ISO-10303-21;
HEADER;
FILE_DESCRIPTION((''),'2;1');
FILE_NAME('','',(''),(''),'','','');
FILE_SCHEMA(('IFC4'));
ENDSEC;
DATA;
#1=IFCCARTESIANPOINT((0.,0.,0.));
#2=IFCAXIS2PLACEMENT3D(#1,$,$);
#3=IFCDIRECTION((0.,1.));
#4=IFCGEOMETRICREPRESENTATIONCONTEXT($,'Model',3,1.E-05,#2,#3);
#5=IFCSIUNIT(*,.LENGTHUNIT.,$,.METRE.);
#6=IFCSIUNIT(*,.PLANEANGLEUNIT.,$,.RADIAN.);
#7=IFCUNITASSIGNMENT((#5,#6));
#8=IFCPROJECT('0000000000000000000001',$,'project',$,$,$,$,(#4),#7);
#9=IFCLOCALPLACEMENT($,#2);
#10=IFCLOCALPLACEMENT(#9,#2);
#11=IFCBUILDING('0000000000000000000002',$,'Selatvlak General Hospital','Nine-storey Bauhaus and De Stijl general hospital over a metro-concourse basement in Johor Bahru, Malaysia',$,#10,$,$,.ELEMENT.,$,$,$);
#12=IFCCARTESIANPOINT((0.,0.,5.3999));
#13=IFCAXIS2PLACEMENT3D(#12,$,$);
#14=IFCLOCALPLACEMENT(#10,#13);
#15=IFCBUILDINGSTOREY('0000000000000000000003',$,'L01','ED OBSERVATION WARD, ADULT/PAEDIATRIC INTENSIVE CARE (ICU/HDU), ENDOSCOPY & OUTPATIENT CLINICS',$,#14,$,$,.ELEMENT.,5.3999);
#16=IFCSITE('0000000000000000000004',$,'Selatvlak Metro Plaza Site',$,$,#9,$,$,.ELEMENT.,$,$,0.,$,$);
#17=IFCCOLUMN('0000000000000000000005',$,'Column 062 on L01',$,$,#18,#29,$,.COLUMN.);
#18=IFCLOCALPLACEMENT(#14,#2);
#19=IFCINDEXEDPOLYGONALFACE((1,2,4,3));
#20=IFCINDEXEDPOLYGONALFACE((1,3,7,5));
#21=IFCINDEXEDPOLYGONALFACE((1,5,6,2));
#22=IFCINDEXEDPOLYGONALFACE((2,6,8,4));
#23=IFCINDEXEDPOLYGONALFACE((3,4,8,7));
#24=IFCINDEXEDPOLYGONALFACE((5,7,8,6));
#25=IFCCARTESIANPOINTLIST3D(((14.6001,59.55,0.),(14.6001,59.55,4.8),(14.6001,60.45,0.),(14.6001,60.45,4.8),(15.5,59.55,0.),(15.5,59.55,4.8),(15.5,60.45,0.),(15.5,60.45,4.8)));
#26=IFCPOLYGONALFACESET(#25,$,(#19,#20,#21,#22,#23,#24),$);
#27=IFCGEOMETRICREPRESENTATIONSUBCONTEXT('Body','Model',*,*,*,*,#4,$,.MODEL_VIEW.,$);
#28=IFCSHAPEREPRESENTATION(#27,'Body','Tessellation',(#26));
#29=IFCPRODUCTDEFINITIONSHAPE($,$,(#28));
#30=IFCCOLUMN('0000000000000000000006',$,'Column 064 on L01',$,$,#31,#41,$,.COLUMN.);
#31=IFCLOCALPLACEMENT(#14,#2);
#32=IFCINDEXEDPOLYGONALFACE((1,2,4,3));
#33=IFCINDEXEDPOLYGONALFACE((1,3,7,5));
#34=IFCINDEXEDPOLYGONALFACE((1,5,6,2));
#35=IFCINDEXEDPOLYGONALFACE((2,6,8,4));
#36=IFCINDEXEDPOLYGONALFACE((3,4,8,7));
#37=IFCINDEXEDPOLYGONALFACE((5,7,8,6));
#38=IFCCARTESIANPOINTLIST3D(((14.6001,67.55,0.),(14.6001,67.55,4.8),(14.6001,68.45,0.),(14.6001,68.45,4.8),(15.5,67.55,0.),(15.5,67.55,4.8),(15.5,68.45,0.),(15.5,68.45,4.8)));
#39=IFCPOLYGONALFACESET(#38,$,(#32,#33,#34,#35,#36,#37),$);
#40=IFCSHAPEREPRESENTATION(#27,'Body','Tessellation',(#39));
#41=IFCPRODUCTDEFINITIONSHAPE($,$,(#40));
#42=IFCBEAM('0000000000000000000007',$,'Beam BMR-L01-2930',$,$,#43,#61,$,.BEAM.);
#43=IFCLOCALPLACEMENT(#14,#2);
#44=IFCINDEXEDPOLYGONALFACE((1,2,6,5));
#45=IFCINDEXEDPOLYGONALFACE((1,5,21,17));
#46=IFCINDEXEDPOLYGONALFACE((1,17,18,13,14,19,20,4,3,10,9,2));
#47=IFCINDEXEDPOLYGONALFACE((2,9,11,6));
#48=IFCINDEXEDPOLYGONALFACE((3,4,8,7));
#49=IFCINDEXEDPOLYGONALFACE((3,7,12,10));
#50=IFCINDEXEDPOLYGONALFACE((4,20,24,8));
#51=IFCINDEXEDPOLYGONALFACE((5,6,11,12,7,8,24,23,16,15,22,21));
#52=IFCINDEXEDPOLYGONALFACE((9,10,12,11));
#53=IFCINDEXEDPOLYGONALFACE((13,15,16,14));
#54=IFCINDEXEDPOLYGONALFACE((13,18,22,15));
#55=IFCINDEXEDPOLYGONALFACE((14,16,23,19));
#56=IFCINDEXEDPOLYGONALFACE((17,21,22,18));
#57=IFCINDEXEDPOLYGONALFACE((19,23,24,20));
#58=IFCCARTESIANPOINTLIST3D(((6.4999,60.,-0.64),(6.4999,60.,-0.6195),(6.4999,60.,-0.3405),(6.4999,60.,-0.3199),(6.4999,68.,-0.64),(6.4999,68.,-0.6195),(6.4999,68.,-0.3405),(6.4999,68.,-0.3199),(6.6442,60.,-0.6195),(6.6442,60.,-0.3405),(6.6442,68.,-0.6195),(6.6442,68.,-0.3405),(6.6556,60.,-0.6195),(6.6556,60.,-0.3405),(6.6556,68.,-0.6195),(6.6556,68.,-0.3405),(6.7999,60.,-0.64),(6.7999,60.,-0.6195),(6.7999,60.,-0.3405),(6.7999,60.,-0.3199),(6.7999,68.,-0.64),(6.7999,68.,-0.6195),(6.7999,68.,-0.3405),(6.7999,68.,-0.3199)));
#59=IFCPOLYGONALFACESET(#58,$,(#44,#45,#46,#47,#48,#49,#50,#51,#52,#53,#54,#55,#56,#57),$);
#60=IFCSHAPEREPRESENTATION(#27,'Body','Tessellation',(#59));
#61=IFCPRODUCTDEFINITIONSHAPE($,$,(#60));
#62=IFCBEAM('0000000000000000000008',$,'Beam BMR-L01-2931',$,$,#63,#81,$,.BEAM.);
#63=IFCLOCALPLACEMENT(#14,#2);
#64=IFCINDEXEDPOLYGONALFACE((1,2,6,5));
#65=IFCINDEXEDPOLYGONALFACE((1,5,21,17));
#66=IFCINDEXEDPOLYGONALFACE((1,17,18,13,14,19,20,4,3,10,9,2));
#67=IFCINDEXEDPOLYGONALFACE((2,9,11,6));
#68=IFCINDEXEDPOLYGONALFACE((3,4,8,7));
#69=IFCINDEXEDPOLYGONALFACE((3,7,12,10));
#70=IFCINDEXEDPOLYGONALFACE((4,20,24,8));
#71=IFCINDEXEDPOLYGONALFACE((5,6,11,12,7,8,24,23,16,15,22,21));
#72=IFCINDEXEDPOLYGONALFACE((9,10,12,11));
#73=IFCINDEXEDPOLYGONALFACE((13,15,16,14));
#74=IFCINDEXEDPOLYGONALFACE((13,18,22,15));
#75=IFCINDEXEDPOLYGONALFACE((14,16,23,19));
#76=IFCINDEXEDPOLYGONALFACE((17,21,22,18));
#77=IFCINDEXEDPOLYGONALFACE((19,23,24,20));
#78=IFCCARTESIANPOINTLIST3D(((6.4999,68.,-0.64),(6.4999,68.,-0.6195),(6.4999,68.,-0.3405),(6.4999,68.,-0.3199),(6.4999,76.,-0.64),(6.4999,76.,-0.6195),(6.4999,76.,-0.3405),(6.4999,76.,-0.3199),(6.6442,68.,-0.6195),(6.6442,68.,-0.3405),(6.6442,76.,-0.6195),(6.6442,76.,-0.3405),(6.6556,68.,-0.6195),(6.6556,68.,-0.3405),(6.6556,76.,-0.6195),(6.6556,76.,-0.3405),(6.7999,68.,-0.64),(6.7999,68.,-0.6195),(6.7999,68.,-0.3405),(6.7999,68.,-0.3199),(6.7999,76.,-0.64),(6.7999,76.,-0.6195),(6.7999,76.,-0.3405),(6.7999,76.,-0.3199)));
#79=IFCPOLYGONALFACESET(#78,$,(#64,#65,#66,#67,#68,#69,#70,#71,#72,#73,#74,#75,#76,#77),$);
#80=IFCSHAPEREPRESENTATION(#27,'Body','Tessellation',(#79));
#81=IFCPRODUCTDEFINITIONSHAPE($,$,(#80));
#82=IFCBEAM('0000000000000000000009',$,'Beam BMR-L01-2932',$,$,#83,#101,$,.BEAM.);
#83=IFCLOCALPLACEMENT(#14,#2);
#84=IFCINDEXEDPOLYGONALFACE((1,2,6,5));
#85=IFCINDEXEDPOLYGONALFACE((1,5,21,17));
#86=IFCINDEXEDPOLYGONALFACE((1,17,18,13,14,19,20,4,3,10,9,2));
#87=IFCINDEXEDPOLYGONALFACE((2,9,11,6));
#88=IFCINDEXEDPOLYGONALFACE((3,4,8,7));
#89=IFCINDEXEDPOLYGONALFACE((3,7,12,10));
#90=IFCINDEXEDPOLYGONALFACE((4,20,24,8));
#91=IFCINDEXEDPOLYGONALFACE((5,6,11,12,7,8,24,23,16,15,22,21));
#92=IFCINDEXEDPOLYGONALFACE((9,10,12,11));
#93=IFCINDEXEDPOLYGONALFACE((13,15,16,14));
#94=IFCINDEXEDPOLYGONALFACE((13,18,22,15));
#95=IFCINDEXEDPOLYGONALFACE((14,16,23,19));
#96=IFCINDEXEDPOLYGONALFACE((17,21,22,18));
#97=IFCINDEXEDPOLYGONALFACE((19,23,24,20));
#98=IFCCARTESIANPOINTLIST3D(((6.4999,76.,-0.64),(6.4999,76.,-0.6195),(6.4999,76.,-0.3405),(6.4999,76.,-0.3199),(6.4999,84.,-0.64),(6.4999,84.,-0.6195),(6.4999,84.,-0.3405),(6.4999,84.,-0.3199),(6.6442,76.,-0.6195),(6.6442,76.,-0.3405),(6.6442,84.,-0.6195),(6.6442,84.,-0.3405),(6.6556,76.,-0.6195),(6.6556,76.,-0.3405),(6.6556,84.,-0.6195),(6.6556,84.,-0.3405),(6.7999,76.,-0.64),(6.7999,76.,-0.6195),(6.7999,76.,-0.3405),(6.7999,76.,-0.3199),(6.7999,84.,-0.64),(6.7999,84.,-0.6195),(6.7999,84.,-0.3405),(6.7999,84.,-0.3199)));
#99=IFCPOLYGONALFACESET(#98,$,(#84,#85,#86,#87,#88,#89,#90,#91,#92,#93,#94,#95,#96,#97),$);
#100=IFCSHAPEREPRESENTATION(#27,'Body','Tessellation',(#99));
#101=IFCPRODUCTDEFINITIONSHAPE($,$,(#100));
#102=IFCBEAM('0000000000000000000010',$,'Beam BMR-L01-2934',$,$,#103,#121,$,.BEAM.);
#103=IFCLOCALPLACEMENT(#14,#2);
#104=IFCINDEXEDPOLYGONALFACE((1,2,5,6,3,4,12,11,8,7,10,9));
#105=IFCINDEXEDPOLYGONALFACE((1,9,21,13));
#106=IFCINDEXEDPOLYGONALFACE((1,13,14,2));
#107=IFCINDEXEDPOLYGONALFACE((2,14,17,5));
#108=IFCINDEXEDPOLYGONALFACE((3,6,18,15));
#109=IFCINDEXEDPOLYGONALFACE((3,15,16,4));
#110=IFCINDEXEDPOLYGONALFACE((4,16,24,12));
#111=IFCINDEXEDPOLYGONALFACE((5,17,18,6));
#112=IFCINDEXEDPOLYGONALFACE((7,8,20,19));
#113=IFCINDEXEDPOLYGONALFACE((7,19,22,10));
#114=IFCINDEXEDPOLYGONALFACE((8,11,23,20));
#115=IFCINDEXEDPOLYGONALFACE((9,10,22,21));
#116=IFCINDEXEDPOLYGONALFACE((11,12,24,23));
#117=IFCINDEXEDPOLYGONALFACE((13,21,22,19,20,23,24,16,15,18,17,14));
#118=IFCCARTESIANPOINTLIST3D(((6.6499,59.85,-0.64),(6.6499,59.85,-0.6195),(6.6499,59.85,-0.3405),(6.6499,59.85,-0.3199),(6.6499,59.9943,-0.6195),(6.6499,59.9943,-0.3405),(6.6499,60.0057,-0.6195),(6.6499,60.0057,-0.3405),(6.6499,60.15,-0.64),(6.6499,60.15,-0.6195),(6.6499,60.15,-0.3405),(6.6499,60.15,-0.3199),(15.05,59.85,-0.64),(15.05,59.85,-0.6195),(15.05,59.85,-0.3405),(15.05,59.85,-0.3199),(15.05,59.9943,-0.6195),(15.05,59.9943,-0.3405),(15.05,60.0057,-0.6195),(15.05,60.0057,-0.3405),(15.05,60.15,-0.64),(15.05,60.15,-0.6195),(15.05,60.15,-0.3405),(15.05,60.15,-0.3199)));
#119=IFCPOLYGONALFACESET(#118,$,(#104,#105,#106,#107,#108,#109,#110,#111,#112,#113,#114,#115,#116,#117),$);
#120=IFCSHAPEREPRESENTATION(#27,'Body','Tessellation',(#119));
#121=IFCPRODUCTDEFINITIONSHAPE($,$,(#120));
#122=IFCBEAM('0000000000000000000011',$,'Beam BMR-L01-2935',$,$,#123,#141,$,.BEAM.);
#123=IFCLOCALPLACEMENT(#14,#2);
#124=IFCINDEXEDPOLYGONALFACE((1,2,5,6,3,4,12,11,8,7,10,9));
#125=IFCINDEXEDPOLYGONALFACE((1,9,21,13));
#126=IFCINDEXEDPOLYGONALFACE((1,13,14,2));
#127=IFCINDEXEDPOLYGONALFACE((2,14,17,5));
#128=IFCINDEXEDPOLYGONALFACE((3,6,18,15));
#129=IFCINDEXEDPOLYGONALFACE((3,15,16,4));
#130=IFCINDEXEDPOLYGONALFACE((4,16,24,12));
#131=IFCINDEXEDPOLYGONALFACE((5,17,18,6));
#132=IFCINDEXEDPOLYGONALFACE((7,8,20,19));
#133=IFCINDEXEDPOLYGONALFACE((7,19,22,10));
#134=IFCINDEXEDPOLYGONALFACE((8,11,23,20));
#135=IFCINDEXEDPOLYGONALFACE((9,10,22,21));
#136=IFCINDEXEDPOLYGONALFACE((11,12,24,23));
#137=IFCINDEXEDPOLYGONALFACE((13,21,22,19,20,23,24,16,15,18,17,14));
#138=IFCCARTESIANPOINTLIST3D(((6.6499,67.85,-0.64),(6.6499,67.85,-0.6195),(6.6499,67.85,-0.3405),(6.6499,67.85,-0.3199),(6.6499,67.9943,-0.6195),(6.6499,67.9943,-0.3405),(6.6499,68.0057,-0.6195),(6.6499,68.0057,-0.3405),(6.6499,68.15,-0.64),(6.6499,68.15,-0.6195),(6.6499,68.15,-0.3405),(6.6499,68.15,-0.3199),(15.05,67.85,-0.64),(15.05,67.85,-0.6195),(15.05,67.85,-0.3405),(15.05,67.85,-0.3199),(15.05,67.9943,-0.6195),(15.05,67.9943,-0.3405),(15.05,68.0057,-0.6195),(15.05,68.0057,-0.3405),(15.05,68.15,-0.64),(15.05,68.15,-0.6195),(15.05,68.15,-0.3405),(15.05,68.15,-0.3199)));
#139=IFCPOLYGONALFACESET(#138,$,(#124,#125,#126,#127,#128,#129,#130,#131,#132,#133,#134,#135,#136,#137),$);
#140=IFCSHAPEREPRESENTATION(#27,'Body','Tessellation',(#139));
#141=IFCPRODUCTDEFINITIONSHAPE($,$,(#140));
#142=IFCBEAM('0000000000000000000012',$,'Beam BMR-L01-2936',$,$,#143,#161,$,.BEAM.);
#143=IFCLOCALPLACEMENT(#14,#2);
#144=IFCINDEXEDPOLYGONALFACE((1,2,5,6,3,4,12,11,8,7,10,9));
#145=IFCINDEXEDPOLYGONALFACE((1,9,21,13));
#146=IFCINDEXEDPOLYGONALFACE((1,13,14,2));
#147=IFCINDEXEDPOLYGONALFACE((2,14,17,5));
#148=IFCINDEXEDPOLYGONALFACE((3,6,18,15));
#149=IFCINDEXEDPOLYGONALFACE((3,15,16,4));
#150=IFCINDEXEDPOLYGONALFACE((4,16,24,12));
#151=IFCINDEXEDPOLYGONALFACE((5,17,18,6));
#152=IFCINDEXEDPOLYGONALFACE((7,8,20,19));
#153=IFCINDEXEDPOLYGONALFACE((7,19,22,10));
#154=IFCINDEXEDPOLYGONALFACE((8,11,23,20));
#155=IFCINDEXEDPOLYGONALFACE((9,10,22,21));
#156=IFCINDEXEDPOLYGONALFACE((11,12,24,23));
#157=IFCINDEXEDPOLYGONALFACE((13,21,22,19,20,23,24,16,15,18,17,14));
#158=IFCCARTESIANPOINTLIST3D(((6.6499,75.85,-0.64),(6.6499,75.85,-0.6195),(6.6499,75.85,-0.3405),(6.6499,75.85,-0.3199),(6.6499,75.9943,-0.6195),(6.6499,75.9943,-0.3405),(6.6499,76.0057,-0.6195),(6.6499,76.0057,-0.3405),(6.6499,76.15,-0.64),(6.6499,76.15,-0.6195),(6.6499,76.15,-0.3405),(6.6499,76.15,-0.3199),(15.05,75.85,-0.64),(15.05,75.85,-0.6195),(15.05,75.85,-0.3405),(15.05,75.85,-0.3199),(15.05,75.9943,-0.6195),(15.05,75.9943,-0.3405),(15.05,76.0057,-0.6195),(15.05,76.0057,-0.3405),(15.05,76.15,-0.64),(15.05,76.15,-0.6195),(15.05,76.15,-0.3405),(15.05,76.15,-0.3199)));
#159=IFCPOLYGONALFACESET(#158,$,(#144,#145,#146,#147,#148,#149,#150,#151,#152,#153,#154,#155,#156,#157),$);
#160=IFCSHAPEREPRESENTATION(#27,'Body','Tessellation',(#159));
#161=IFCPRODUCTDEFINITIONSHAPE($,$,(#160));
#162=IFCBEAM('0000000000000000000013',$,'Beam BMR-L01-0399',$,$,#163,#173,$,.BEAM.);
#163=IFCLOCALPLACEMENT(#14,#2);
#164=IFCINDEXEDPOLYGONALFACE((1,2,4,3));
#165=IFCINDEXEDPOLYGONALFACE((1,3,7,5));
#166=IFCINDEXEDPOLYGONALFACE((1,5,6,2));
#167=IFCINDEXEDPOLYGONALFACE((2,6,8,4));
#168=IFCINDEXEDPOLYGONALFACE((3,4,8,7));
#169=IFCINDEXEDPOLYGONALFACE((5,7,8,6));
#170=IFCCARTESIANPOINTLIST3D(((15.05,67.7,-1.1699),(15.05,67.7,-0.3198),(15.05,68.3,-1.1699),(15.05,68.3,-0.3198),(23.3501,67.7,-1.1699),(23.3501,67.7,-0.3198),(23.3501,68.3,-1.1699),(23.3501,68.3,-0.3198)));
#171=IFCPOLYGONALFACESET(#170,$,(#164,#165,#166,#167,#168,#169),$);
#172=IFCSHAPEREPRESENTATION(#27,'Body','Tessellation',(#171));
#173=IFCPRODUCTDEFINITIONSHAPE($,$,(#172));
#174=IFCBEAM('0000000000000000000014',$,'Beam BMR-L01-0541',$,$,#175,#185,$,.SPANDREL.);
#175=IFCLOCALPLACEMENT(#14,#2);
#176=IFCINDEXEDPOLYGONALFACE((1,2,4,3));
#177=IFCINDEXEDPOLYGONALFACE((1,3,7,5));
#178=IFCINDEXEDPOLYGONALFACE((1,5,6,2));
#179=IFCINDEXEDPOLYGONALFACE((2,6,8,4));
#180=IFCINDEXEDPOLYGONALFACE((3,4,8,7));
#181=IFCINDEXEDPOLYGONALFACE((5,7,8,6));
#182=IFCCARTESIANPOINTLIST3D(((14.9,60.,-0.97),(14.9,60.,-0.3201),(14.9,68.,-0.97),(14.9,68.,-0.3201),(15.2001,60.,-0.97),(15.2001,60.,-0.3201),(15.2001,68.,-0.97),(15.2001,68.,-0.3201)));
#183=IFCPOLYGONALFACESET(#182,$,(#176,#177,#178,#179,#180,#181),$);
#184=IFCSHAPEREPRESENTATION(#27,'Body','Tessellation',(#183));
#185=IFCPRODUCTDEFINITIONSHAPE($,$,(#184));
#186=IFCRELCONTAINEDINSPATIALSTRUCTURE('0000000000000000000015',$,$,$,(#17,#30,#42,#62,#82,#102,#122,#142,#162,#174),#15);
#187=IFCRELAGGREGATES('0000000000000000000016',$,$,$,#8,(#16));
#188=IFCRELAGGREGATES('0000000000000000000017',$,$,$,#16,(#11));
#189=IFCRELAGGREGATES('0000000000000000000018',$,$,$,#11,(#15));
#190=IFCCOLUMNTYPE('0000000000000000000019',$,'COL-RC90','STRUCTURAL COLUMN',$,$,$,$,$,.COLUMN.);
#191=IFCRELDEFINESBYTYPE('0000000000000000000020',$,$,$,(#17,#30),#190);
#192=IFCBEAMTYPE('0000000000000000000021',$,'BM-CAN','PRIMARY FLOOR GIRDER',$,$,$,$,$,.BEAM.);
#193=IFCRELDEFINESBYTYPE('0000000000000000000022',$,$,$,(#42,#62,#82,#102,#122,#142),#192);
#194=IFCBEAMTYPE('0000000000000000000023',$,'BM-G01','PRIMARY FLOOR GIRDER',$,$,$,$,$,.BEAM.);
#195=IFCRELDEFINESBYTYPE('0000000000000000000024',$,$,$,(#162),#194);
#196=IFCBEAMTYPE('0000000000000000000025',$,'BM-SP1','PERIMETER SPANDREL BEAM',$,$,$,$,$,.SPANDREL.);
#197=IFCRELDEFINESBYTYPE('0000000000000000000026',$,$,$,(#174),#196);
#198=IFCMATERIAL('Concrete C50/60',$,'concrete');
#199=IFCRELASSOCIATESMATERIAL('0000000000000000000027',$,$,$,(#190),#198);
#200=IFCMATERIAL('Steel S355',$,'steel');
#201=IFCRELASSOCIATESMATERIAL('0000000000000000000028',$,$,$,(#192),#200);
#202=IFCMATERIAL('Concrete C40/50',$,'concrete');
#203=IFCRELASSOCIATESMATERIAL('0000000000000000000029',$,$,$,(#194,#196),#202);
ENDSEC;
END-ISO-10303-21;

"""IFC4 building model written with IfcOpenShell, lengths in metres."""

from ifc_helpers import new_model, si_unit, direction, frame, origin, origin_2d, place, context, subcontext, project, spatial, rectangle, i_section, extrude, material, material_profile, profile_set, type_object, element, save


model = new_model("IFC4")

# Units and contexts
model_context = context("Model", 3, precision=1e-05, world=origin(), true_north=direction((0.0, 1.0)))
body_context = subcontext(model_context, "Body", "Model", "MODEL_VIEW")
ifc_project = project(units=[si_unit("LENGTHUNIT", "METRE"), si_unit("PLANEANGLEUNIT", "RADIAN")], contexts=[model_context])

# Site, building, storey
site_placement = place(None, origin())
site = spatial("IfcSite", under=ifc_project, at=site_placement, Name="Selatvlak Metro Plaza Site", CompositionType="ELEMENT", RefElevation=0.0)
building_placement = place(site_placement, origin())
building = spatial("IfcBuilding", under=site, at=building_placement, Name="Selatvlak General Hospital", Description="Nine-storey Bauhaus and De Stijl general hospital over a metro-concourse basement in Johor Bahru, Malaysia", CompositionType="ELEMENT")
storey_placement = place(building_placement, frame((0.0, 0.0, 5.3999)))
storey = spatial("IfcBuildingStorey", under=building, at=storey_placement, Name="L01", Description="ED OBSERVATION WARD, ADULT/PAEDIATRIC INTENSIVE CARE (ICU/HDU), ENDOSCOPY & OUTPATIENT CLINICS", CompositionType="ELEMENT", Elevation=5.3999)

# Columns
ifc_material_1 = material(Name="Concrete C50/60", Category="concrete")
ifc_material_profile_1 = material_profile(ifc_material_1, rectangle(XDim=0.8999, YDim=0.8999, at=origin_2d()), Name="RC-COL 900x900")
ifc_profile_set_1 = profile_set([ifc_material_profile_1], Name="Concrete C50/60")
column_type = type_object("IfcColumnType", Name="COL-RC90", Description="STRUCTURAL COLUMN", PredefinedType="COLUMN", material=ifc_profile_set_1)
for number, where, z_axis, x_axis, name in (
    (1, (15.05, 60.0, 0.0), (0.0, 0.0, 1.0), (1.0, 0.0, 0.0), "Column 062 on L01"),
    (2, (15.05, 68.0, 0.0), (0.0, 0.0, 1.0), (1.0, 0.0, 0.0), "Column 064 on L01"),
):
    element("IfcColumn", number, at=place(storey_placement, frame(where, z_axis=z_axis, x_axis=x_axis)), inside=storey, type_object=column_type, Name=name, PredefinedType="COLUMN", context=body_context, shape_type="SweptSolid", body=[
        extrude(rectangle(XDim=0.8999, YDim=0.8999, at=origin_2d()), origin(), (0.0, 0.0, 1.0), 4.8),
    ])

# Beams
ifc_material_2 = material(Name="Steel S355", Category="steel")
ifc_material_profile_2 = material_profile(ifc_material_2, i_section(OverallWidth=0.3, OverallDepth=0.3201, WebThickness=0.0115, FlangeThickness=0.0205, at=origin_2d()), Name="HEB 320")
ifc_profile_set_2 = profile_set([ifc_material_profile_2], Name="Steel S355")
beam_type_1 = type_object("IfcBeamType", Name="BM-CAN", Description="PRIMARY FLOOR GIRDER", PredefinedType="BEAM", material=ifc_profile_set_2)
for number, where, z_axis, x_axis, name in (
    (3, (6.6499, 60.0, -0.48), (0.0, 1.0, 0.0), (-1.0, 0.0, 0.0), "Beam BMR-L01-2930"),
    (4, (6.6499, 68.0, -0.48), (0.0, 1.0, 0.0), (-1.0, 0.0, 0.0), "Beam BMR-L01-2931"),
    (5, (6.6499, 76.0, -0.48), (0.0, 1.0, 0.0), (-1.0, 0.0, 0.0), "Beam BMR-L01-2932"),
):
    element("IfcBeam", number, at=place(storey_placement, frame(where, z_axis=z_axis, x_axis=x_axis)), inside=storey, type_object=beam_type_1, Name=name, PredefinedType="BEAM", context=body_context, shape_type="SweptSolid", body=[
        extrude(i_section(OverallWidth=0.3, OverallDepth=0.3201, WebThickness=0.0115, FlangeThickness=0.0205, at=origin_2d()), origin(), (0.0, 0.0, 1.0), 8.0),
    ])
for number, where, z_axis, x_axis, name in (
    (6, (6.6499, 60.0, -0.48), (1.0, 0.0, 0.0), (0.0, 1.0, 0.0), "Beam BMR-L01-2934"),
    (7, (6.6499, 68.0, -0.48), (1.0, 0.0, 0.0), (0.0, 1.0, 0.0), "Beam BMR-L01-2935"),
    (8, (6.6499, 76.0, -0.48), (1.0, 0.0, 0.0), (0.0, 1.0, 0.0), "Beam BMR-L01-2936"),
):
    element("IfcBeam", number, at=place(storey_placement, frame(where, z_axis=z_axis, x_axis=x_axis)), inside=storey, type_object=beam_type_1, Name=name, PredefinedType="BEAM", context=body_context, shape_type="SweptSolid", body=[
        extrude(i_section(OverallWidth=0.3, OverallDepth=0.3201, WebThickness=0.0115, FlangeThickness=0.0205, at=origin_2d()), origin(), (0.0, 0.0, 1.0), 8.4001),
    ])
ifc_material_3 = material(Name="Concrete C40/50", Category="concrete")
ifc_material_profile_3 = material_profile(ifc_material_3, rectangle(XDim=0.6001, YDim=0.8501, at=origin_2d()), Name="RC-BM 600x850")
ifc_profile_set_3 = profile_set([ifc_material_profile_3], Name="Concrete C40/50")
beam_type_2 = type_object("IfcBeamType", Name="BM-G01", Description="PRIMARY FLOOR GIRDER", PredefinedType="BEAM", material=ifc_profile_set_3)
beam_1_placement = place(storey_placement, frame((15.05, 68.0, -0.7449), z_axis=(1.0, 0.0, 0.0), x_axis=(0.0, 1.0, 0.0)))
element("IfcBeam", 9, at=beam_1_placement, inside=storey, type_object=beam_type_2, Name="Beam BMR-L01-0399", PredefinedType="BEAM", context=body_context, shape_type="SweptSolid", body=[
    extrude(rectangle(XDim=0.6001, YDim=0.8501, at=origin_2d()), origin(), (0.0, 0.0, 1.0), 8.3),
])
ifc_material_profile_4 = material_profile(ifc_material_3, rectangle(XDim=0.3, YDim=0.6499, at=origin_2d()), Name="RC-SP 300x650")
ifc_profile_set_4 = profile_set([ifc_material_profile_4], Name="Concrete C40/50")
beam_type_3 = type_object("IfcBeamType", Name="BM-SP1", Description="PERIMETER SPANDREL BEAM", PredefinedType="SPANDREL", material=ifc_profile_set_4)
beam_2_placement = place(storey_placement, frame((15.05, 60.0, -0.645), z_axis=(0.0, 1.0, 0.0), x_axis=(-1.0, 0.0, 0.0)))
element("IfcBeam", 10, at=beam_2_placement, inside=storey, type_object=beam_type_3, Name="Beam BMR-L01-0541", PredefinedType="SPANDREL", context=body_context, shape_type="SweptSolid", body=[
    extrude(rectangle(XDim=0.3, YDim=0.6499, at=origin_2d()), origin(), (0.0, 0.0, 1.0), 8.0),
])

save(model, "model.ifc")
